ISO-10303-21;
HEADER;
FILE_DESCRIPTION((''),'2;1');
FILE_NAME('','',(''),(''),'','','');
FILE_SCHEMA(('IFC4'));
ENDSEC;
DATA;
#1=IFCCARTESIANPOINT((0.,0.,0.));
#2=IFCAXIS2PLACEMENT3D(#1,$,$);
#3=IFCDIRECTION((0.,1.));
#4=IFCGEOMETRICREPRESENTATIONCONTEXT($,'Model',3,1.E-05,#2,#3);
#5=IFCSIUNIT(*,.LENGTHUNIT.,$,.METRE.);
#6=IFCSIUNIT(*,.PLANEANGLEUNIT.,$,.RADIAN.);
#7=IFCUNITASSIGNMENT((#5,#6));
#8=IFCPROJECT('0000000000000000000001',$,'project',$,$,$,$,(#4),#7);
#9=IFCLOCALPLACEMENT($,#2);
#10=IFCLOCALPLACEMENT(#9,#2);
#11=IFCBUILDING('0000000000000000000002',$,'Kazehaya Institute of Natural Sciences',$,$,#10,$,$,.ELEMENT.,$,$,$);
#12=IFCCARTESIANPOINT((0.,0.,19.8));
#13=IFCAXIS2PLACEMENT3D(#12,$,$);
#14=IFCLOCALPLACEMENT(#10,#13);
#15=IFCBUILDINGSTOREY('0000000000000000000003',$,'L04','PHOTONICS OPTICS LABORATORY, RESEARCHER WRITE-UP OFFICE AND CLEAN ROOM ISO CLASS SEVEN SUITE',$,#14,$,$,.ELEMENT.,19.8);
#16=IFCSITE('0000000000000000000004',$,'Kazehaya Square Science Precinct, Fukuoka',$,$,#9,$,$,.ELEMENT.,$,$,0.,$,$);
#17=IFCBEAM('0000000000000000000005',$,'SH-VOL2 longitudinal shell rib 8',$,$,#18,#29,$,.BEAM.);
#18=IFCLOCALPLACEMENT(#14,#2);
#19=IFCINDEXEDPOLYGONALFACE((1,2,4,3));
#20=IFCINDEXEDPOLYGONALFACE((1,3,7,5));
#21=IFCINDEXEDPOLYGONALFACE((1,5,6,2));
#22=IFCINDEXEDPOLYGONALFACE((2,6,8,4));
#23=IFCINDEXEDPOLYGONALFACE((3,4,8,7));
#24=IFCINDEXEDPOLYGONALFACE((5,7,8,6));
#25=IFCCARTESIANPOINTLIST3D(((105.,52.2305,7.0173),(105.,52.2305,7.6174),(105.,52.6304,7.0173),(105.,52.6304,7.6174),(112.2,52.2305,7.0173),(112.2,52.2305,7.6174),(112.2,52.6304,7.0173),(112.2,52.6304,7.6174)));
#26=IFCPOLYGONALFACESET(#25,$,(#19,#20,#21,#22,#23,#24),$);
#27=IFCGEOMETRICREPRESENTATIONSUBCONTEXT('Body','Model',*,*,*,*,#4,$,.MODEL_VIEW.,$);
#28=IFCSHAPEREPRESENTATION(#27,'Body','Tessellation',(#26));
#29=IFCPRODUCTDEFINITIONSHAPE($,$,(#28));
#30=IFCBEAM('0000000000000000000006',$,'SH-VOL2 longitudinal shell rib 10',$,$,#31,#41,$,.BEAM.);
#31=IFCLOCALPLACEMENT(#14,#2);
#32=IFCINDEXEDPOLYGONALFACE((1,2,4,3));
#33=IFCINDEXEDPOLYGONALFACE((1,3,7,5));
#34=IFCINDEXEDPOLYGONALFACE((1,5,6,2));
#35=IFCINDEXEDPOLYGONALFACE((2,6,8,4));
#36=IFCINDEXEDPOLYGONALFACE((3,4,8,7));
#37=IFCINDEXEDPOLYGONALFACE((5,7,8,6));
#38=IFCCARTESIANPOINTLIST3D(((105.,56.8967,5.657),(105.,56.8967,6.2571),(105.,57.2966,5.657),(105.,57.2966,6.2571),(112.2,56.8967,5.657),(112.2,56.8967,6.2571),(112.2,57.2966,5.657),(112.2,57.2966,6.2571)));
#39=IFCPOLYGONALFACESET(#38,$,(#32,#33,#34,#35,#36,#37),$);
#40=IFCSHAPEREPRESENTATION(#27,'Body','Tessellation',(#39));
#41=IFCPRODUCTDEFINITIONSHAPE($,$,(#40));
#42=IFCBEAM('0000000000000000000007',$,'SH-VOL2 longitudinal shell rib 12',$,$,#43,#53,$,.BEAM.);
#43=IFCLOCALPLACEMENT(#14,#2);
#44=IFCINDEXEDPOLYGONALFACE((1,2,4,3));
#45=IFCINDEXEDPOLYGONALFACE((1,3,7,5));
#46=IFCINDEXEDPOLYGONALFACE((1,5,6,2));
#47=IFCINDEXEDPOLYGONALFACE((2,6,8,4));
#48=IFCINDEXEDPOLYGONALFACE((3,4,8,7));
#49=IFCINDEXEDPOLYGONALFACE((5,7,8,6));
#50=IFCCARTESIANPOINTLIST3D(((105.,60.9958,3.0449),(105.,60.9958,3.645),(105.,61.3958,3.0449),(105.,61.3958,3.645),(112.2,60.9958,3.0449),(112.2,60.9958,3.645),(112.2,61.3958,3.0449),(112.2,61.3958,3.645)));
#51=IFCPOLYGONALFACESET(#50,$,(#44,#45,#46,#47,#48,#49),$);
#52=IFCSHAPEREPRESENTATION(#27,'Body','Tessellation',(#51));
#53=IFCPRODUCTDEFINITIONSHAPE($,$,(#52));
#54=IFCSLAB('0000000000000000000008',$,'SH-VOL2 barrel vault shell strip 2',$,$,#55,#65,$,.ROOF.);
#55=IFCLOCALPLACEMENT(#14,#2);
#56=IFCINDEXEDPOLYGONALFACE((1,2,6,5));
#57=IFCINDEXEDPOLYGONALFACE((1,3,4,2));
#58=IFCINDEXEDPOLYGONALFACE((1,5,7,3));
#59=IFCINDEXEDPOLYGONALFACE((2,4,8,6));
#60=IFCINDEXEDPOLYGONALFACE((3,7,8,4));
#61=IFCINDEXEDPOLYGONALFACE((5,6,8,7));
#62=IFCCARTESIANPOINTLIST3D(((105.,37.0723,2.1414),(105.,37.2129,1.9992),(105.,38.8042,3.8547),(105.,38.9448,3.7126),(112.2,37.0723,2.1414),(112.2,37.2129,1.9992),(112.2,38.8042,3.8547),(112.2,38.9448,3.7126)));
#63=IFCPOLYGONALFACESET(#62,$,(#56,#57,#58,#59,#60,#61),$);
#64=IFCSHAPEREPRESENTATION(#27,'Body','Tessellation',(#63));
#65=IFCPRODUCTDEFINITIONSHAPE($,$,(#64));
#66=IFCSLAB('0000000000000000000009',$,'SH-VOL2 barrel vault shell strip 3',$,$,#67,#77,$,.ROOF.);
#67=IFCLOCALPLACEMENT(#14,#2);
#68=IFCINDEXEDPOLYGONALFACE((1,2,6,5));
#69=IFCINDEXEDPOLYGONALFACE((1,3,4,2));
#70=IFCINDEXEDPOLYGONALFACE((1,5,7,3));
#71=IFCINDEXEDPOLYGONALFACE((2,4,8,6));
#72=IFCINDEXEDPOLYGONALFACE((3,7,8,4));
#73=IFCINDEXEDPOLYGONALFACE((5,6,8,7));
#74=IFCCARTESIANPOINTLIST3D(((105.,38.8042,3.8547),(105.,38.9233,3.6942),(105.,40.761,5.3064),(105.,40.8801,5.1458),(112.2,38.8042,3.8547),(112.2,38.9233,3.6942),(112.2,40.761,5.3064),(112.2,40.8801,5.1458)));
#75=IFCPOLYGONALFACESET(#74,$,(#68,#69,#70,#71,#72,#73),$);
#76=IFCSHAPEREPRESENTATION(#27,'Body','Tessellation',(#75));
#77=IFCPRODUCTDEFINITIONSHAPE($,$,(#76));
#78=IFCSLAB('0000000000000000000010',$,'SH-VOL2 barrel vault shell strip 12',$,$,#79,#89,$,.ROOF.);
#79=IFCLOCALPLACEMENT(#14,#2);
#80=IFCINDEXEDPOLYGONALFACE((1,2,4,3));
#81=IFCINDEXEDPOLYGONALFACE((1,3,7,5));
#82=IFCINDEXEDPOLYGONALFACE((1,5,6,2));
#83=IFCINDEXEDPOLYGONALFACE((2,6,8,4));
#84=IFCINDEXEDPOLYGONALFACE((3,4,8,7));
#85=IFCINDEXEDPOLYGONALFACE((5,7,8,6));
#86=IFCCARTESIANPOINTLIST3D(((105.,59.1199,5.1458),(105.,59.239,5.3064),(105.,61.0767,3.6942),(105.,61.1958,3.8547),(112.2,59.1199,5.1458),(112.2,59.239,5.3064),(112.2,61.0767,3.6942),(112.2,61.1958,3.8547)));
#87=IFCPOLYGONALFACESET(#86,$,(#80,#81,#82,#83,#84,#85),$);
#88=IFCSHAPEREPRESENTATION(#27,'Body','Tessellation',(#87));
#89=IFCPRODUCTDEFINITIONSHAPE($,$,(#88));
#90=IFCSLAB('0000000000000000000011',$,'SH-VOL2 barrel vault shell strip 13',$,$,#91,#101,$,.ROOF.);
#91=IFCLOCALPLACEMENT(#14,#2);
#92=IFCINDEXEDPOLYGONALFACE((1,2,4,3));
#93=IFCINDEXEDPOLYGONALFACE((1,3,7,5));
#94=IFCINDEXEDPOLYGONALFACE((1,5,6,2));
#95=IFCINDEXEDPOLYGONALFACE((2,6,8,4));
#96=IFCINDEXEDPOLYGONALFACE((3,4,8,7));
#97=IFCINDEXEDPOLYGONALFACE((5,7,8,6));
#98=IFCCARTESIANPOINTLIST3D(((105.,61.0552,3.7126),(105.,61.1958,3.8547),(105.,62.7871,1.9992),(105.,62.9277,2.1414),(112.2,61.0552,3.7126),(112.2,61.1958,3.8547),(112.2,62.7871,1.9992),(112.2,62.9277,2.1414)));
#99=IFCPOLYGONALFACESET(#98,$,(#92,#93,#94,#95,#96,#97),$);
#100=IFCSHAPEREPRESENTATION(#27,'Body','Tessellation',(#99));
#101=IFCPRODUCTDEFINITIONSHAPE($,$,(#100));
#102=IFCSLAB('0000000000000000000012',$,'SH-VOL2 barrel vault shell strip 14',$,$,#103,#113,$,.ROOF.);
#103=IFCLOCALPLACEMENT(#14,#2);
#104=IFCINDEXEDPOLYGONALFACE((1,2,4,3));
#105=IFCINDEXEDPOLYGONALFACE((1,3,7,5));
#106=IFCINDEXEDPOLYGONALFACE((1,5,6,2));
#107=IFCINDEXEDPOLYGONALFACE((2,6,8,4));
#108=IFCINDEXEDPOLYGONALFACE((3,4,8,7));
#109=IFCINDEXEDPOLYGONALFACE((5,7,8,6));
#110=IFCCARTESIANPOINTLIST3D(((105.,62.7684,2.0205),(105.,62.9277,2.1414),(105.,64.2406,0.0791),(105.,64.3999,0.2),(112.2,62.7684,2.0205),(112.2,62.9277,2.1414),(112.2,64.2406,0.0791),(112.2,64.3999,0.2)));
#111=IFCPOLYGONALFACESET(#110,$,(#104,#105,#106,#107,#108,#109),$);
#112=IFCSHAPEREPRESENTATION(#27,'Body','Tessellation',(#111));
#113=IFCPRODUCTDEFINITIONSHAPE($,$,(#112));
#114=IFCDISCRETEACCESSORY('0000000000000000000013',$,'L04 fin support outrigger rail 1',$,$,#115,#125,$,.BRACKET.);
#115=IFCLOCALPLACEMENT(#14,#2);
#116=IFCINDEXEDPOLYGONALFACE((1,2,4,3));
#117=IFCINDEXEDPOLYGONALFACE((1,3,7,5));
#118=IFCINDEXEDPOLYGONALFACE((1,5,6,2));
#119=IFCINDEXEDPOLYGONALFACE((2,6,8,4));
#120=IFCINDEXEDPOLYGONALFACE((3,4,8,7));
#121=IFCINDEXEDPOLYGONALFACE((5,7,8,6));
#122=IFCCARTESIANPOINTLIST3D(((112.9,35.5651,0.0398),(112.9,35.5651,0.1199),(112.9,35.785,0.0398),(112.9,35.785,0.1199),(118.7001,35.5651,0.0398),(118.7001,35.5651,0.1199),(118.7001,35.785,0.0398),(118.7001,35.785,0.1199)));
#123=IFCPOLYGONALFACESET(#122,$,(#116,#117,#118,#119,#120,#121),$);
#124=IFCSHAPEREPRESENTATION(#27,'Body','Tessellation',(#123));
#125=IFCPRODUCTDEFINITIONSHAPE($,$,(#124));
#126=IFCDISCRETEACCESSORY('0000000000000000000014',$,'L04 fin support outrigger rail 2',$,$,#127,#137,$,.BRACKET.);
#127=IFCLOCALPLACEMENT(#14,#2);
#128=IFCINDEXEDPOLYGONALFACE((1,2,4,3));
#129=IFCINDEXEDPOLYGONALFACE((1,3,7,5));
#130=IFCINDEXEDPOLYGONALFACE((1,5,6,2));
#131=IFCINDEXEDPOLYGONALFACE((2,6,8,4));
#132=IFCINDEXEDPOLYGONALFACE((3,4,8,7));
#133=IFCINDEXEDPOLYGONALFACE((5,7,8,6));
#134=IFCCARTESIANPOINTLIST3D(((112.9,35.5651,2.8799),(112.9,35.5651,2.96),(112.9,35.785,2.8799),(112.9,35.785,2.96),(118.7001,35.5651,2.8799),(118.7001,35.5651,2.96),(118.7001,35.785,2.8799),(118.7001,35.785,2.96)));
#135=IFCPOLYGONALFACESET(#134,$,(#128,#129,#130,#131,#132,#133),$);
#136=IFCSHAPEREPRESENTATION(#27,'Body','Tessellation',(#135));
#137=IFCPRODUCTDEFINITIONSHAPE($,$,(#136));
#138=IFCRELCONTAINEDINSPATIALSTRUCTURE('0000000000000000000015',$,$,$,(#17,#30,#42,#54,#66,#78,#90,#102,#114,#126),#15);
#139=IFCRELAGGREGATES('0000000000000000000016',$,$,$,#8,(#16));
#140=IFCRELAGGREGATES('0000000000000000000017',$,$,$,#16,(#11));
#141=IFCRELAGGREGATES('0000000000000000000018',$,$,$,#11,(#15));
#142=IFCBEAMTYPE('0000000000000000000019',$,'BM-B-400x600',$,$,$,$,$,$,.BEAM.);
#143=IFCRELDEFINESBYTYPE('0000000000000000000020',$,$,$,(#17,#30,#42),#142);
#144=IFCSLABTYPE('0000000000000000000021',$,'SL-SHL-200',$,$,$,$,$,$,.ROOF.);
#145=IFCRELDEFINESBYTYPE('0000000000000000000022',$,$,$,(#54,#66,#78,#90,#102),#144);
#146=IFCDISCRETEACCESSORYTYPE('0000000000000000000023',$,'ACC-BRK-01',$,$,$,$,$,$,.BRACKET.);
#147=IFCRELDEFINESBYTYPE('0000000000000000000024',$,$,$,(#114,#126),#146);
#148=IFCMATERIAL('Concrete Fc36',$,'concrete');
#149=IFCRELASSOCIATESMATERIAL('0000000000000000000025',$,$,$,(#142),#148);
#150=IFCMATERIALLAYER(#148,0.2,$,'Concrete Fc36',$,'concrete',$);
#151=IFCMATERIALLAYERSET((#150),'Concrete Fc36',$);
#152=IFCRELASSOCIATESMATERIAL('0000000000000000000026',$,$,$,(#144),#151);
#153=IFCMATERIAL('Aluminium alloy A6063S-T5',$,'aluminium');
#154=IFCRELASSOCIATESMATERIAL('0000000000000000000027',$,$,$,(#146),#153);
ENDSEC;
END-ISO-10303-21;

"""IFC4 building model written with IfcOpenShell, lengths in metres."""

from ifc_helpers import new_model, si_unit, direction, frame, origin, origin_2d, place, context, subcontext, project, spatial, polyline, rectangle, outline, extrude, material, layer, layer_set, material_profile, profile_set, type_object, element, save


model = new_model("IFC4")

# Units and contexts
model_context = context("Model", 3, precision=1e-05, world=origin(), true_north=direction((0.0, 1.0)))
body_context = subcontext(model_context, "Body", "Model", "MODEL_VIEW")
ifc_project = project(units=[si_unit("LENGTHUNIT", "METRE"), si_unit("PLANEANGLEUNIT", "RADIAN")], contexts=[model_context])

# Site, building, storey
site_placement = place(None, origin())
site = spatial("IfcSite", under=ifc_project, at=site_placement, Name="Kazehaya Square Science Precinct, Fukuoka", CompositionType="ELEMENT", RefElevation=0.0)
building_placement = place(site_placement, origin())
building = spatial("IfcBuilding", under=site, at=building_placement, Name="Kazehaya Institute of Natural Sciences", CompositionType="ELEMENT")
storey_placement = place(building_placement, frame((0.0, 0.0, 19.8)))
storey = spatial("IfcBuildingStorey", under=building, at=storey_placement, Name="L04", Description="PHOTONICS OPTICS LABORATORY, RESEARCHER WRITE-UP OFFICE AND CLEAN ROOM ISO CLASS SEVEN SUITE", CompositionType="ELEMENT", Elevation=19.8)

# Beams
ifc_material_1 = material(Name="Concrete Fc36", Category="concrete")
ifc_material_profile_1 = material_profile(ifc_material_1, rectangle(XDim=0.3999, YDim=0.6001, at=origin_2d()), Name="RC-400x600")
ifc_profile_set_1 = profile_set([ifc_material_profile_1], Name="Concrete Fc36")
beam_type_1 = type_object("IfcBeamType", Name="BM-B-400x600", PredefinedType="BEAM", material=ifc_profile_set_1)
for number, where, z_axis, x_axis, name in (
    (1, (105.0, 52.4304, 7.3174), (1.0, 0.0, 0.0), (0.0, 1.0, 0.0), "SH-VOL2 longitudinal shell rib 8"),
    (2, (105.0, 57.0967, 5.957), (1.0, 0.0, 0.0), (0.0, 1.0, 0.0), "SH-VOL2 longitudinal shell rib 10"),
    (3, (105.0, 61.1958, 3.345), (1.0, 0.0, 0.0), (0.0, 1.0, 0.0), "SH-VOL2 longitudinal shell rib 12"),
):
    element("IfcBeam", number, at=place(storey_placement, frame(where, z_axis=z_axis, x_axis=x_axis)), inside=storey, type_object=beam_type_1, Name=name, PredefinedType="BEAM", context=body_context, shape_type="SweptSolid", body=[
        extrude(rectangle(XDim=0.3999, YDim=0.6001, at=origin_2d()), origin(), (0.0, 0.0, 1.0), 7.2),
    ])

# Slabs
ifc_layer = layer(ifc_material_1, 0.2, Name="Concrete Fc36", Category="concrete")
ifc_layer_set = layer_set([ifc_layer], Name="Concrete Fc36")
slab_type = type_object("IfcSlabType", Name="SL-SHL-200", PredefinedType="ROOF", material=ifc_layer_set)
slab_1_placement = place(storey_placement, frame((105.0, 37.0723, 2.1414), z_axis=(0.0, -0.703288, 0.710905), x_axis=(1.0, 0.0, 0.0)))
element("IfcSlab", 4, at=slab_1_placement, inside=storey, type_object=slab_type, Name="SH-VOL2 barrel vault shell strip 2", PredefinedType="ROOF", context=body_context, shape_type="SweptSolid", body=[
    extrude(outline(polyline([(0.0, 0.0), (7.2, 0.0), (7.2, 2.4362), (0.0, 2.4362), (0.0, 0.0)])), origin(), (0.0, 0.0, -1.0), 0.2),
])
for number, where, z_axis, x_axis, name in (
    (5, (105.0, 38.8042, 3.8547), (0.0, -0.595807, 0.803127), (1.0, 0.0, 0.0), "SH-VOL2 barrel vault shell strip 3"),
    (6, (105.0, 59.239, 5.3064), (0.0, 0.595807, 0.803127), (1.0, 0.0, 0.0), "SH-VOL2 barrel vault shell strip 12"),
):
    element("IfcSlab", number, at=place(storey_placement, frame(where, z_axis=z_axis, x_axis=x_axis)), inside=storey, type_object=slab_type, Name=name, PredefinedType="ROOF", context=body_context, shape_type="SweptSolid", body=[
        extrude(outline(polyline([(0.0, 0.0), (7.2, 0.0), (7.2, 2.4365), (0.0, 2.4365), (0.0, 0.0)])), origin(), (0.0, 0.0, -1.0), 0.2),
    ])
slab_2_placement = place(storey_placement, frame((105.0, 61.1958, 3.8547), z_axis=(0.0, 0.703288, 0.710905), x_axis=(1.0, 0.0, 0.0)))
element("IfcSlab", 7, at=slab_2_placement, inside=storey, type_object=slab_type, Name="SH-VOL2 barrel vault shell strip 13", PredefinedType="ROOF", context=body_context, shape_type="SweptSolid", body=[
    extrude(outline(polyline([(0.0, 0.0), (7.2, 0.0), (7.2, 2.4362), (0.0, 2.4362), (0.0, 0.0)])), origin(), (0.0, 0.0, -1.0), 0.2),
])
slab_3_placement = place(storey_placement, frame((105.0, 62.9277, 2.1414), z_axis=(0.0, 0.796814, 0.604224), x_axis=(1.0, 0.0, 0.0)))
element("IfcSlab", 8, at=slab_3_placement, inside=storey, type_object=slab_type, Name="SH-VOL2 barrel vault shell strip 14", PredefinedType="ROOF", context=body_context, shape_type="SweptSolid", body=[
    extrude(outline(polyline([(0.0, 0.0), (7.2, 0.0), (7.2, 2.4365), (0.0, 2.4365), (0.0, 0.0)])), origin(), (0.0, 0.0, -1.0), 0.2),
])

# Discrete accessories
ifc_material_2 = material(Name="Aluminium alloy A6063S-T5", Category="aluminium")
discrete_accessory_type = type_object("IfcDiscreteAccessoryType", Name="ACC-BRK-01", PredefinedType="BRACKET", material=ifc_material_2)
for number, where, z_axis, x_axis, name in (
    (9, (115.8, 35.675, 0.0398), (0.0, 0.0, 1.0), (1.0, 0.0, 0.0), "L04 fin support outrigger rail 1"),
    (10, (115.8, 35.675, 2.8799), (0.0, 0.0, 1.0), (1.0, 0.0, 0.0), "L04 fin support outrigger rail 2"),
):
    element("IfcDiscreteAccessory", number, at=place(storey_placement, frame(where, z_axis=z_axis, x_axis=x_axis)), inside=storey, type_object=discrete_accessory_type, Name=name, PredefinedType="BRACKET", context=body_context, shape_type="SweptSolid", body=[
        extrude(rectangle(XDim=5.8, YDim=0.22, at=origin_2d()), origin(), (0.0, 0.0, 1.0), 0.0801),
    ])

save(model, "model.ifc")
